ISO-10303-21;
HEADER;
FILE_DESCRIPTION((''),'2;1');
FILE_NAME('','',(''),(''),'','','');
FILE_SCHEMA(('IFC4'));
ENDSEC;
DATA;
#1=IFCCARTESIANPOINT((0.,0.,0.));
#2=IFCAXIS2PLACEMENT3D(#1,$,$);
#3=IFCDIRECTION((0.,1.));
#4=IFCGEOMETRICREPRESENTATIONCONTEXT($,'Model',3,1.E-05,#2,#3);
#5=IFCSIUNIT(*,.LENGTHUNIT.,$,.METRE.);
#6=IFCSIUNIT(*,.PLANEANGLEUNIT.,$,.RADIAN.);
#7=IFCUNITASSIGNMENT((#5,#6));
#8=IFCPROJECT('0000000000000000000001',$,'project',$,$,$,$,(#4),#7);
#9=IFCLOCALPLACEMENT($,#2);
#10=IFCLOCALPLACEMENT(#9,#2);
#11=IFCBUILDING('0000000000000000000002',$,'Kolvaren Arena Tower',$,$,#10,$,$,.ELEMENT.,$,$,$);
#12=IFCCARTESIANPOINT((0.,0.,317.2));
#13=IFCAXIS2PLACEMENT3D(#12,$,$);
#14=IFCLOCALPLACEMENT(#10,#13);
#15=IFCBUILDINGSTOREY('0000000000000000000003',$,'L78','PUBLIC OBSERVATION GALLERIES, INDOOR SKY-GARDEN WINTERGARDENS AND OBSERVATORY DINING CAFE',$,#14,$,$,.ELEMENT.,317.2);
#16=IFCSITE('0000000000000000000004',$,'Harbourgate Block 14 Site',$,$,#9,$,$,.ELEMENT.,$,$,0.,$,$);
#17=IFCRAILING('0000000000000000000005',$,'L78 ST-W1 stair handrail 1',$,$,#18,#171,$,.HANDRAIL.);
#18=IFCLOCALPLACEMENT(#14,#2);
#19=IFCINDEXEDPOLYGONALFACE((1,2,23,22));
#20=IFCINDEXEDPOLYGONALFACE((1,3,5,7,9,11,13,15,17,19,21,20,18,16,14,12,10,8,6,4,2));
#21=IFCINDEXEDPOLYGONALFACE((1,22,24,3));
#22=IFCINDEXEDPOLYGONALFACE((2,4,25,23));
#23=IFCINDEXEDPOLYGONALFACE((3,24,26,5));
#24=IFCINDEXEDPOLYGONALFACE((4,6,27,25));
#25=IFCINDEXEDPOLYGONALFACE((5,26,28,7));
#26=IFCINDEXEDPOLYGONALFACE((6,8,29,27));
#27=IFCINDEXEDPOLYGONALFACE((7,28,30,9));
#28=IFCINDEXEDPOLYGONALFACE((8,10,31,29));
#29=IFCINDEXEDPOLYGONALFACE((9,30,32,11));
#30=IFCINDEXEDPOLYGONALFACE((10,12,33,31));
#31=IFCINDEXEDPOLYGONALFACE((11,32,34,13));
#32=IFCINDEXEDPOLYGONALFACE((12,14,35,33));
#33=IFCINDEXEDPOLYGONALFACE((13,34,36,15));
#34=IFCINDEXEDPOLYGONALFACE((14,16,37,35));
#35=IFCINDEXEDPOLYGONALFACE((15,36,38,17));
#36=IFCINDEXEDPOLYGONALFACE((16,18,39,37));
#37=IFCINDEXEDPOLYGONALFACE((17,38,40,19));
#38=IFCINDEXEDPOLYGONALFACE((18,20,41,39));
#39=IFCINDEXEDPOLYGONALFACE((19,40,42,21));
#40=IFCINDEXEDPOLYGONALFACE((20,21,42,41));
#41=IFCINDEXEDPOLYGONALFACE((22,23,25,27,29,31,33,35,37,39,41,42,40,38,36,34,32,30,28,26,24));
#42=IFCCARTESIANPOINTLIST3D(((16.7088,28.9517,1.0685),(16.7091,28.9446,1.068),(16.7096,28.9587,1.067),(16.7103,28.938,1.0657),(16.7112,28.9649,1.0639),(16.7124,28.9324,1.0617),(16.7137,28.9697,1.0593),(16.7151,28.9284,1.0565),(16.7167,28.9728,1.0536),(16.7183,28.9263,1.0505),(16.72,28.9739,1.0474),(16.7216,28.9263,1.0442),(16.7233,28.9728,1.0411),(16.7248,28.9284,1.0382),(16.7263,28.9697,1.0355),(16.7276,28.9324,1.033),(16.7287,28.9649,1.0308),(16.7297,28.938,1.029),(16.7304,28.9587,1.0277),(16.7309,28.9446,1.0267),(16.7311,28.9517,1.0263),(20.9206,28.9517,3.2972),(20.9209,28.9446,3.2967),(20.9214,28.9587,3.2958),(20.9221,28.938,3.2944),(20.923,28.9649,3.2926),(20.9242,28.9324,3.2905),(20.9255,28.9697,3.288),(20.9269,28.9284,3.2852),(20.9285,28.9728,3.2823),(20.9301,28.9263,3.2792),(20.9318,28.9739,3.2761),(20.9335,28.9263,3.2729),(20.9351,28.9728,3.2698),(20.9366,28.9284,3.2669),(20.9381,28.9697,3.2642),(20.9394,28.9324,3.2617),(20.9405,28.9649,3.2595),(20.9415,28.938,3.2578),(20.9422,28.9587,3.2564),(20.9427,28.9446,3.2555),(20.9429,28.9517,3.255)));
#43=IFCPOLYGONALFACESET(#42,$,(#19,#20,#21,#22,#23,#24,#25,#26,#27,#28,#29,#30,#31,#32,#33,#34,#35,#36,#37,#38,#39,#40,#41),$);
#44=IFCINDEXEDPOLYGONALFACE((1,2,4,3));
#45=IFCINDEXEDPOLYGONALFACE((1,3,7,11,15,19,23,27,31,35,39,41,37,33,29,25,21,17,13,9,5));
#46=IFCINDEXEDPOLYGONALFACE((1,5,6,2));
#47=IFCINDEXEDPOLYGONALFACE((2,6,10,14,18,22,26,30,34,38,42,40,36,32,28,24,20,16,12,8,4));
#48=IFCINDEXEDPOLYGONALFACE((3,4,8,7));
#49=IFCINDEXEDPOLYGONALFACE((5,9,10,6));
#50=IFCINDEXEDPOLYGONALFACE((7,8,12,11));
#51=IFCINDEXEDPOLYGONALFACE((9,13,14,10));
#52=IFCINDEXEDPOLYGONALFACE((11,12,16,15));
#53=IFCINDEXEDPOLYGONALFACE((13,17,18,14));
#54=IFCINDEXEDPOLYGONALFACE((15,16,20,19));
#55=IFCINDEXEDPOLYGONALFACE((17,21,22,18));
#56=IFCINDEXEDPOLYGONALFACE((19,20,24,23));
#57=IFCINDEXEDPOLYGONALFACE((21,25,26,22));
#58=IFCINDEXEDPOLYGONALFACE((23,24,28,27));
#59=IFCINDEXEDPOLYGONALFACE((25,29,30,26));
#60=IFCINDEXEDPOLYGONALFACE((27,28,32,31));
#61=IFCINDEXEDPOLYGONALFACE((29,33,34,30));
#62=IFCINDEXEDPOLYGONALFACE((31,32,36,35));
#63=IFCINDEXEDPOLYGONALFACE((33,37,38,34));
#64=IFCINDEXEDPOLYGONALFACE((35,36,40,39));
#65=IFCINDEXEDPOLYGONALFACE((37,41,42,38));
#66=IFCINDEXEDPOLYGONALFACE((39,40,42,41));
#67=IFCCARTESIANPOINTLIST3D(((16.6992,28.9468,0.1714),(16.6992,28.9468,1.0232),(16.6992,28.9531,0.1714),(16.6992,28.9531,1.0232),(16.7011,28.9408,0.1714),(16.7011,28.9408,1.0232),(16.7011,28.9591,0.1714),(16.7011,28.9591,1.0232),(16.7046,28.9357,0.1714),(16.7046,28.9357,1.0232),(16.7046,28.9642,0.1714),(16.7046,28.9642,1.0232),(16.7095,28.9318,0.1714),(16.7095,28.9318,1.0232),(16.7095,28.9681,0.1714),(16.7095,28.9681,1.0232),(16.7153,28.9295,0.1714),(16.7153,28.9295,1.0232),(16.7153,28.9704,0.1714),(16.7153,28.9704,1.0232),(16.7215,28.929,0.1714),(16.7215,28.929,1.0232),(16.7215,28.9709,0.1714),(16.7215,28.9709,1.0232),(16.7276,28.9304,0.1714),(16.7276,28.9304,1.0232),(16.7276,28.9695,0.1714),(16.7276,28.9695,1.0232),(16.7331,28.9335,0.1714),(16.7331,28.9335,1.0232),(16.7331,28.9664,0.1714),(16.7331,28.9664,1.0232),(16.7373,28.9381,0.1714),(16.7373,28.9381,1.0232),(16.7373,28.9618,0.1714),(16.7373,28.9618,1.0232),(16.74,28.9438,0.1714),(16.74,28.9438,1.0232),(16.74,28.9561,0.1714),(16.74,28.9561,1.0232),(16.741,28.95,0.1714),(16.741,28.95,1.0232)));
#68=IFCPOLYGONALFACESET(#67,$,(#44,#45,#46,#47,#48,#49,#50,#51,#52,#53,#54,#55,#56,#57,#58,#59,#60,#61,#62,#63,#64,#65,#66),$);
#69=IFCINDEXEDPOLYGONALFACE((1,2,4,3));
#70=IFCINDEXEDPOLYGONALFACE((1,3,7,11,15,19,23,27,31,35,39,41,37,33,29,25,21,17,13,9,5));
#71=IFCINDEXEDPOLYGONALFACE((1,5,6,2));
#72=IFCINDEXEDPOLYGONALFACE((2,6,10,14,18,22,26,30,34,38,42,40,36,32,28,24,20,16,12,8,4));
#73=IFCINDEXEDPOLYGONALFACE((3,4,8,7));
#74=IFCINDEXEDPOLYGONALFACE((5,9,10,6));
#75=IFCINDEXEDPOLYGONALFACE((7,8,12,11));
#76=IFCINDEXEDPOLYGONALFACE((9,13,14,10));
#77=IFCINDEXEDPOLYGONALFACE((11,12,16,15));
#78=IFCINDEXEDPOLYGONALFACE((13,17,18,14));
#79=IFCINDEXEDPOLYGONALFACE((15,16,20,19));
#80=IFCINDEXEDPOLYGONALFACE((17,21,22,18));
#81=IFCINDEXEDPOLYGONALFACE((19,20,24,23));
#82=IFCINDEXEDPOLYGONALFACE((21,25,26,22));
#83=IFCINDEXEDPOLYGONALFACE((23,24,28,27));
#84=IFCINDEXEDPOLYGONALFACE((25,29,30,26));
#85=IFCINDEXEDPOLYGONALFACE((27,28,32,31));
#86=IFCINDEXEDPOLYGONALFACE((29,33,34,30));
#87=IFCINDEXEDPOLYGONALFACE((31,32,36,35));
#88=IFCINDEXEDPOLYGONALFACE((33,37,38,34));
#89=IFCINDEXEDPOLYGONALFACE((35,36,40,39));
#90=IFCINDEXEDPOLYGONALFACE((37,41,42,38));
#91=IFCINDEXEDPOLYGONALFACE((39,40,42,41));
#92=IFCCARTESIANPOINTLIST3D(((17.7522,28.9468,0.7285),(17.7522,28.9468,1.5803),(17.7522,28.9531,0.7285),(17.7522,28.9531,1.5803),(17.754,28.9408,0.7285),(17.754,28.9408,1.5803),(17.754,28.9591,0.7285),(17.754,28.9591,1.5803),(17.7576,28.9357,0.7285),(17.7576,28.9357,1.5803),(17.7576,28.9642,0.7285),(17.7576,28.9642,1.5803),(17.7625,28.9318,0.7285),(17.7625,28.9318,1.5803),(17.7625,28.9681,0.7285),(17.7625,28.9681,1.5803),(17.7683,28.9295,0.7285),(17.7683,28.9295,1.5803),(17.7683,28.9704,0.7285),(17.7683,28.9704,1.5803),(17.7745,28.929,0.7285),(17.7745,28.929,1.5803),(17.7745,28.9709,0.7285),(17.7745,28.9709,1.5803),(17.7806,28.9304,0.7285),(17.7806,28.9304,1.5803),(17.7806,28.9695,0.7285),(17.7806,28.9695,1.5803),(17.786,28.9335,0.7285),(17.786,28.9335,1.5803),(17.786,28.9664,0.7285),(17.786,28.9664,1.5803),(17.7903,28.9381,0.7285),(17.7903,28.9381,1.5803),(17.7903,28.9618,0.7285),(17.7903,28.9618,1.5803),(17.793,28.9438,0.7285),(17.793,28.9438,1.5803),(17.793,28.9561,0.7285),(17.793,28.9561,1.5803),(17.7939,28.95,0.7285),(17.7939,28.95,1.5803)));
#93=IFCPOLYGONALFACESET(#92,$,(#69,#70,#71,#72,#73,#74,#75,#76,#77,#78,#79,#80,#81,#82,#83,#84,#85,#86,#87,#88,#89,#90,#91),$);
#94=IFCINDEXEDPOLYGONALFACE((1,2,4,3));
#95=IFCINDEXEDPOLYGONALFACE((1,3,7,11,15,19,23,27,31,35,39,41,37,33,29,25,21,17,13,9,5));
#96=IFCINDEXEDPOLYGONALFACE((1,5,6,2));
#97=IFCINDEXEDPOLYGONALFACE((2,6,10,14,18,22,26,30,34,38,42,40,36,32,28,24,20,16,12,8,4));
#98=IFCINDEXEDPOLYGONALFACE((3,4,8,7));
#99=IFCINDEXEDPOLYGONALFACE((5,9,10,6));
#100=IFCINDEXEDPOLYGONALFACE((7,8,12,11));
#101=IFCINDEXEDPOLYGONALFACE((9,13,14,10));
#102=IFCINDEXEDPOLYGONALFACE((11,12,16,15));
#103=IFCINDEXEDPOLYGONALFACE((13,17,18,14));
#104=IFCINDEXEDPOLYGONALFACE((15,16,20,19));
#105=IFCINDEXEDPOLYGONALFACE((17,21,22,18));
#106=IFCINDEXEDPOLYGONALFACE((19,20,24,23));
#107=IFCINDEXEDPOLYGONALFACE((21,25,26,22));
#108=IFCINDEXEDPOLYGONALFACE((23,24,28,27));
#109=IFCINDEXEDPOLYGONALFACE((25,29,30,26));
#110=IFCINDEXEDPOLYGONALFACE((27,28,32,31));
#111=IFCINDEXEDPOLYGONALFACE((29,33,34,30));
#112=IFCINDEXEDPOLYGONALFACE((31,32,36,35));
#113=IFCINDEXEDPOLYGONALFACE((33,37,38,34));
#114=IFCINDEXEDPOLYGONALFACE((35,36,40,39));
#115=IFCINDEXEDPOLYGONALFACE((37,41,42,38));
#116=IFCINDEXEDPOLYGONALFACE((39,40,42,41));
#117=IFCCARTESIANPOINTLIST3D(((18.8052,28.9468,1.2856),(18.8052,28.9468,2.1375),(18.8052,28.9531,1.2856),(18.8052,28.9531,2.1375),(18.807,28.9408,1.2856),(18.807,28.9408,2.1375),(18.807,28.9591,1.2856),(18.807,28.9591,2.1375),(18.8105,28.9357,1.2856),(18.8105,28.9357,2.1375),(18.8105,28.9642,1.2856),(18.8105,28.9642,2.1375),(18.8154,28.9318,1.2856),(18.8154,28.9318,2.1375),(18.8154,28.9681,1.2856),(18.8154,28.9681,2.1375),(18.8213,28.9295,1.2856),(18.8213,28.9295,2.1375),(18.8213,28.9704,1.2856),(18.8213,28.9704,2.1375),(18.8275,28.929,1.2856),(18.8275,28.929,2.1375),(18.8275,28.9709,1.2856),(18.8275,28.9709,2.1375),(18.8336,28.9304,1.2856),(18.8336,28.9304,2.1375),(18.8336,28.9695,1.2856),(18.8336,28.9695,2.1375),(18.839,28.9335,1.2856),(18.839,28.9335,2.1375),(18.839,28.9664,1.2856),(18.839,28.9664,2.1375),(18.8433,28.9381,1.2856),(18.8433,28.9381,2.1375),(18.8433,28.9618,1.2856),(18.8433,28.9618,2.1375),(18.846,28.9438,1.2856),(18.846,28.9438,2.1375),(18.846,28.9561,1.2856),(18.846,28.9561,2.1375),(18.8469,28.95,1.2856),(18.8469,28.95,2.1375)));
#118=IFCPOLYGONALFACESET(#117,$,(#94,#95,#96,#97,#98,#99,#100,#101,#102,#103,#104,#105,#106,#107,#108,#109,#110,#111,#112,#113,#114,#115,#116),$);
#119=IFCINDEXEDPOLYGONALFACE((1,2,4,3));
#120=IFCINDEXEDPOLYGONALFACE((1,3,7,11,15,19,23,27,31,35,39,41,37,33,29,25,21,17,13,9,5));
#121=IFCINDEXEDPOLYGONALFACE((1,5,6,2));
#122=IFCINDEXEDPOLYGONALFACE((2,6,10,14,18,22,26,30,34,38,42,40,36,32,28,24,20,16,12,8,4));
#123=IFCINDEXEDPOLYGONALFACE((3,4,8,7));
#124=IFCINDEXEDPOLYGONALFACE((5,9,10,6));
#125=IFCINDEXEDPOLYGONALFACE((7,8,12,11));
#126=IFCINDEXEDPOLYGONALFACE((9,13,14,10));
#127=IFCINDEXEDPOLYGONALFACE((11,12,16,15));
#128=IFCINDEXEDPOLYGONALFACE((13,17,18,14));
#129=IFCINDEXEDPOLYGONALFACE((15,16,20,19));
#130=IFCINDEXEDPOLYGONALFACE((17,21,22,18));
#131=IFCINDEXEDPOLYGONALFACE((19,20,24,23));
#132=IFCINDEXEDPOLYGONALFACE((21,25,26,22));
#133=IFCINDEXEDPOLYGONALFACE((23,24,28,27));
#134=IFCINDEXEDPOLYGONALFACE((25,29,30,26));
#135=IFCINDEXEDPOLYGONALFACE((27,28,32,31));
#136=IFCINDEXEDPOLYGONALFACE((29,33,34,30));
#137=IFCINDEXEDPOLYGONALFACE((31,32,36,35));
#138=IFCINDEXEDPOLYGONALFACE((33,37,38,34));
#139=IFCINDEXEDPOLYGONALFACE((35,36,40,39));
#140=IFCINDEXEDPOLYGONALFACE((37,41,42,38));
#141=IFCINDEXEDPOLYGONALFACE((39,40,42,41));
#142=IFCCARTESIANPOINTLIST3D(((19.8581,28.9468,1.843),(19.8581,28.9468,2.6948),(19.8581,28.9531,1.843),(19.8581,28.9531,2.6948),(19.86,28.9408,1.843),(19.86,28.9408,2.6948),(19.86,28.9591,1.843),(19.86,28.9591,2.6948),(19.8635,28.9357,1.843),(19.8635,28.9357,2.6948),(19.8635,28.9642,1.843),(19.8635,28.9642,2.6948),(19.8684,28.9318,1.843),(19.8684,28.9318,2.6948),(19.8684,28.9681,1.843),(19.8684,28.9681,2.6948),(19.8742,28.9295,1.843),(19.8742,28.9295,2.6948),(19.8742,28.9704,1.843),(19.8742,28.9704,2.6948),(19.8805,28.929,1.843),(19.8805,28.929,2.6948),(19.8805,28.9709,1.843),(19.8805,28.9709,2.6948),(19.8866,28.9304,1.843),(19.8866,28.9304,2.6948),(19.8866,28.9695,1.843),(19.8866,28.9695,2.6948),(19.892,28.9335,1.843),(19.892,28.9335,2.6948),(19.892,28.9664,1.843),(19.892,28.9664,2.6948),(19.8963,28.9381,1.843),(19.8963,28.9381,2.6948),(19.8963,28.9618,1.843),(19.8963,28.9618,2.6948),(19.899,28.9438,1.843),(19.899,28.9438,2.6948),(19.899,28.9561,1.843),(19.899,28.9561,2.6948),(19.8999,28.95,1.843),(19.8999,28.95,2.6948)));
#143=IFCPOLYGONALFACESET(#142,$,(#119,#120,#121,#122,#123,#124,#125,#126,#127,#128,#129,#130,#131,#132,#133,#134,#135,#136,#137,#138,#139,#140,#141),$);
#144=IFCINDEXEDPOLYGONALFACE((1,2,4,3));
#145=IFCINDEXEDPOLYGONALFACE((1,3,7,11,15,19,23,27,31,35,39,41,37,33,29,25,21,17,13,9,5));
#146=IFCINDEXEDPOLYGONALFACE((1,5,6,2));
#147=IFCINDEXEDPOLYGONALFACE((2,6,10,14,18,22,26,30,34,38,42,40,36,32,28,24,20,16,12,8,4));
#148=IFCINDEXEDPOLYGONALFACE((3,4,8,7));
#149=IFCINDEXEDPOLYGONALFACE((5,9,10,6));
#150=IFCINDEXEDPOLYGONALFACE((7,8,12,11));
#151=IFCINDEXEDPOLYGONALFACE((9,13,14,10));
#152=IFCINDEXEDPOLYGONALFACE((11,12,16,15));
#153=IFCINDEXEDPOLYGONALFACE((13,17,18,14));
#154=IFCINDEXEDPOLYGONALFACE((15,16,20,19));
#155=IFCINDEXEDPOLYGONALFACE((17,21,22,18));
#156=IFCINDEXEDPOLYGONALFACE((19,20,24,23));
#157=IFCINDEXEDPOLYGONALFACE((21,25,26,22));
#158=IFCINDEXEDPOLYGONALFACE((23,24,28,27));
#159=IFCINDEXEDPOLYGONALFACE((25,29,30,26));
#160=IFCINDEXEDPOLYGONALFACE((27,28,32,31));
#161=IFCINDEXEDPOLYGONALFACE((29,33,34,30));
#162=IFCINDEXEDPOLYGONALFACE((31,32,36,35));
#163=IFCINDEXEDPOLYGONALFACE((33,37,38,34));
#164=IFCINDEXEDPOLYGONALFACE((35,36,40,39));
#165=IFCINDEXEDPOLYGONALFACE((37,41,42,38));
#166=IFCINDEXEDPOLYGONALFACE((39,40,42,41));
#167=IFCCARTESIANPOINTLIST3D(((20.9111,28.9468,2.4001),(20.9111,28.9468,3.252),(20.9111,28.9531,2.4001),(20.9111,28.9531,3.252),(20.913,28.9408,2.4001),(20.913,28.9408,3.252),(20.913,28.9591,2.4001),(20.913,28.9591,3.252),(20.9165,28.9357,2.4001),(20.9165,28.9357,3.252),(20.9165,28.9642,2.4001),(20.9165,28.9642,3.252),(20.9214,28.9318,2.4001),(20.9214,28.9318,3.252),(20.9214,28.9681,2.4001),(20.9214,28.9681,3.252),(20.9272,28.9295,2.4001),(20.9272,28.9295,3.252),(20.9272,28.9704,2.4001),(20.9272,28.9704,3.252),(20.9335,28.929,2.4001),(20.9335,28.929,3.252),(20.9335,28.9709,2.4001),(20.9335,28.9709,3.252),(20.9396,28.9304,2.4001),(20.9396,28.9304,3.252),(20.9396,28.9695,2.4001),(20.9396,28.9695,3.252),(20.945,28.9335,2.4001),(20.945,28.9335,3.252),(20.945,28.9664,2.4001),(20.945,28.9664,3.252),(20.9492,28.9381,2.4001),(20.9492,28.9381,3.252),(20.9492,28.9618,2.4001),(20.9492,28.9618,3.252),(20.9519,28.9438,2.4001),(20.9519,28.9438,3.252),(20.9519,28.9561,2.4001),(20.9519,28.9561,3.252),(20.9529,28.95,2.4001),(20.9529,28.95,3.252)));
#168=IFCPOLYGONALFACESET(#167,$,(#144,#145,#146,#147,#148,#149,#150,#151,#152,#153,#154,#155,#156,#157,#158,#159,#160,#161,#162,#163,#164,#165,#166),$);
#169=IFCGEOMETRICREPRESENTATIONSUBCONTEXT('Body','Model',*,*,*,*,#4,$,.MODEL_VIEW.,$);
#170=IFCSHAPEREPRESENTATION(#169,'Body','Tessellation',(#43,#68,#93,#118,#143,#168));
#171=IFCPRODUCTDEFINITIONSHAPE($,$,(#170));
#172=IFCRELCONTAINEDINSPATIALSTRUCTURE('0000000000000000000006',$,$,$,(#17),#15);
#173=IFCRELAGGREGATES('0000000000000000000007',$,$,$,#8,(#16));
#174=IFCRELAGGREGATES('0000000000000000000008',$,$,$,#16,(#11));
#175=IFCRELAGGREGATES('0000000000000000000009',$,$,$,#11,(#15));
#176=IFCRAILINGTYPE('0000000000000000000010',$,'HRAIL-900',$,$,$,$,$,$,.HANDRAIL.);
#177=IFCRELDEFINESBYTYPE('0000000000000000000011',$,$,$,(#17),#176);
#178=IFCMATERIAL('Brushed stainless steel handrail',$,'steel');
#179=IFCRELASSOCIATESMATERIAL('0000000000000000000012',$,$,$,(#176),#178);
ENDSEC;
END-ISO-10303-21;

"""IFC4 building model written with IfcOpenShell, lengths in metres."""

from ifc_helpers import new_model, si_unit, direction, frame, origin, origin_2d, place, context, subcontext, project, spatial, circle, extrude, material, type_object, element, save


model = new_model("IFC4")

# Units and contexts
model_context = context("Model", 3, precision=1e-05, world=origin(), true_north=direction((0.0, 1.0)))
body_context = subcontext(model_context, "Body", "Model", "MODEL_VIEW")
ifc_project = project(units=[si_unit("LENGTHUNIT", "METRE"), si_unit("PLANEANGLEUNIT", "RADIAN")], contexts=[model_context])

# Site, building, storey
site_placement = place(None, origin())
site = spatial("IfcSite", under=ifc_project, at=site_placement, Name="Harbourgate Block 14 Site", CompositionType="ELEMENT", RefElevation=0.0)
building_placement = place(site_placement, origin())
building = spatial("IfcBuilding", under=site, at=building_placement, Name="Kolvaren Arena Tower", CompositionType="ELEMENT")
storey_placement = place(building_placement, frame((0.0, 0.0, 317.2)))
storey = spatial("IfcBuildingStorey", under=building, at=storey_placement, Name="L78", Description="PUBLIC OBSERVATION GALLERIES, INDOOR SKY-GARDEN WINTERGARDENS AND OBSERVATORY DINING CAFE", CompositionType="ELEMENT", Elevation=317.2)

# Railing
ifc_material_1 = material(Name="Brushed stainless steel handrail", Category="steel")
railing_type_1 = type_object("IfcRailingType", Name="HRAIL-900", PredefinedType="HANDRAIL", material=ifc_material_1)
railing_1_placement = place(storey_placement, frame((16.72, 28.95, 0.1714)))
element("IfcRailing", 1, at=railing_1_placement, inside=storey, type_object=railing_type_1, Name="L78 ST-W1 stair handrail 1", PredefinedType="HANDRAIL", context=body_context, shape_type="SweptSolid", body=[
    extrude(circle(Radius=0.0239, at=origin_2d()), frame((0.0, 0.0, 0.876), z_axis=(0.883881, 0.0, 0.467711), x_axis=(0.0, 1.0, 0.0)), (0.0, 0.0, 1.0), 4.7651),
    extrude(circle(Radius=0.021, at=origin_2d()), origin(), (0.0, 0.0, 1.0), 0.8518),
    extrude(circle(Radius=0.021, at=origin_2d()), frame((1.053, 0.0, 0.5571)), (0.0, 0.0, 1.0), 0.8518),
    extrude(circle(Radius=0.021, at=origin_2d()), frame((2.106, 0.0, 1.1143)), (0.0, 0.0, 1.0), 0.8518),
    extrude(circle(Radius=0.021, at=origin_2d()), frame((3.1589, 0.0, 1.6716)), (0.0, 0.0, 1.0), 0.8518),
    extrude(circle(Radius=0.021, at=origin_2d()), frame((4.2119, 0.0, 2.2288)), (0.0, 0.0, 1.0), 0.8518),
])

save(model, "model.ifc")
